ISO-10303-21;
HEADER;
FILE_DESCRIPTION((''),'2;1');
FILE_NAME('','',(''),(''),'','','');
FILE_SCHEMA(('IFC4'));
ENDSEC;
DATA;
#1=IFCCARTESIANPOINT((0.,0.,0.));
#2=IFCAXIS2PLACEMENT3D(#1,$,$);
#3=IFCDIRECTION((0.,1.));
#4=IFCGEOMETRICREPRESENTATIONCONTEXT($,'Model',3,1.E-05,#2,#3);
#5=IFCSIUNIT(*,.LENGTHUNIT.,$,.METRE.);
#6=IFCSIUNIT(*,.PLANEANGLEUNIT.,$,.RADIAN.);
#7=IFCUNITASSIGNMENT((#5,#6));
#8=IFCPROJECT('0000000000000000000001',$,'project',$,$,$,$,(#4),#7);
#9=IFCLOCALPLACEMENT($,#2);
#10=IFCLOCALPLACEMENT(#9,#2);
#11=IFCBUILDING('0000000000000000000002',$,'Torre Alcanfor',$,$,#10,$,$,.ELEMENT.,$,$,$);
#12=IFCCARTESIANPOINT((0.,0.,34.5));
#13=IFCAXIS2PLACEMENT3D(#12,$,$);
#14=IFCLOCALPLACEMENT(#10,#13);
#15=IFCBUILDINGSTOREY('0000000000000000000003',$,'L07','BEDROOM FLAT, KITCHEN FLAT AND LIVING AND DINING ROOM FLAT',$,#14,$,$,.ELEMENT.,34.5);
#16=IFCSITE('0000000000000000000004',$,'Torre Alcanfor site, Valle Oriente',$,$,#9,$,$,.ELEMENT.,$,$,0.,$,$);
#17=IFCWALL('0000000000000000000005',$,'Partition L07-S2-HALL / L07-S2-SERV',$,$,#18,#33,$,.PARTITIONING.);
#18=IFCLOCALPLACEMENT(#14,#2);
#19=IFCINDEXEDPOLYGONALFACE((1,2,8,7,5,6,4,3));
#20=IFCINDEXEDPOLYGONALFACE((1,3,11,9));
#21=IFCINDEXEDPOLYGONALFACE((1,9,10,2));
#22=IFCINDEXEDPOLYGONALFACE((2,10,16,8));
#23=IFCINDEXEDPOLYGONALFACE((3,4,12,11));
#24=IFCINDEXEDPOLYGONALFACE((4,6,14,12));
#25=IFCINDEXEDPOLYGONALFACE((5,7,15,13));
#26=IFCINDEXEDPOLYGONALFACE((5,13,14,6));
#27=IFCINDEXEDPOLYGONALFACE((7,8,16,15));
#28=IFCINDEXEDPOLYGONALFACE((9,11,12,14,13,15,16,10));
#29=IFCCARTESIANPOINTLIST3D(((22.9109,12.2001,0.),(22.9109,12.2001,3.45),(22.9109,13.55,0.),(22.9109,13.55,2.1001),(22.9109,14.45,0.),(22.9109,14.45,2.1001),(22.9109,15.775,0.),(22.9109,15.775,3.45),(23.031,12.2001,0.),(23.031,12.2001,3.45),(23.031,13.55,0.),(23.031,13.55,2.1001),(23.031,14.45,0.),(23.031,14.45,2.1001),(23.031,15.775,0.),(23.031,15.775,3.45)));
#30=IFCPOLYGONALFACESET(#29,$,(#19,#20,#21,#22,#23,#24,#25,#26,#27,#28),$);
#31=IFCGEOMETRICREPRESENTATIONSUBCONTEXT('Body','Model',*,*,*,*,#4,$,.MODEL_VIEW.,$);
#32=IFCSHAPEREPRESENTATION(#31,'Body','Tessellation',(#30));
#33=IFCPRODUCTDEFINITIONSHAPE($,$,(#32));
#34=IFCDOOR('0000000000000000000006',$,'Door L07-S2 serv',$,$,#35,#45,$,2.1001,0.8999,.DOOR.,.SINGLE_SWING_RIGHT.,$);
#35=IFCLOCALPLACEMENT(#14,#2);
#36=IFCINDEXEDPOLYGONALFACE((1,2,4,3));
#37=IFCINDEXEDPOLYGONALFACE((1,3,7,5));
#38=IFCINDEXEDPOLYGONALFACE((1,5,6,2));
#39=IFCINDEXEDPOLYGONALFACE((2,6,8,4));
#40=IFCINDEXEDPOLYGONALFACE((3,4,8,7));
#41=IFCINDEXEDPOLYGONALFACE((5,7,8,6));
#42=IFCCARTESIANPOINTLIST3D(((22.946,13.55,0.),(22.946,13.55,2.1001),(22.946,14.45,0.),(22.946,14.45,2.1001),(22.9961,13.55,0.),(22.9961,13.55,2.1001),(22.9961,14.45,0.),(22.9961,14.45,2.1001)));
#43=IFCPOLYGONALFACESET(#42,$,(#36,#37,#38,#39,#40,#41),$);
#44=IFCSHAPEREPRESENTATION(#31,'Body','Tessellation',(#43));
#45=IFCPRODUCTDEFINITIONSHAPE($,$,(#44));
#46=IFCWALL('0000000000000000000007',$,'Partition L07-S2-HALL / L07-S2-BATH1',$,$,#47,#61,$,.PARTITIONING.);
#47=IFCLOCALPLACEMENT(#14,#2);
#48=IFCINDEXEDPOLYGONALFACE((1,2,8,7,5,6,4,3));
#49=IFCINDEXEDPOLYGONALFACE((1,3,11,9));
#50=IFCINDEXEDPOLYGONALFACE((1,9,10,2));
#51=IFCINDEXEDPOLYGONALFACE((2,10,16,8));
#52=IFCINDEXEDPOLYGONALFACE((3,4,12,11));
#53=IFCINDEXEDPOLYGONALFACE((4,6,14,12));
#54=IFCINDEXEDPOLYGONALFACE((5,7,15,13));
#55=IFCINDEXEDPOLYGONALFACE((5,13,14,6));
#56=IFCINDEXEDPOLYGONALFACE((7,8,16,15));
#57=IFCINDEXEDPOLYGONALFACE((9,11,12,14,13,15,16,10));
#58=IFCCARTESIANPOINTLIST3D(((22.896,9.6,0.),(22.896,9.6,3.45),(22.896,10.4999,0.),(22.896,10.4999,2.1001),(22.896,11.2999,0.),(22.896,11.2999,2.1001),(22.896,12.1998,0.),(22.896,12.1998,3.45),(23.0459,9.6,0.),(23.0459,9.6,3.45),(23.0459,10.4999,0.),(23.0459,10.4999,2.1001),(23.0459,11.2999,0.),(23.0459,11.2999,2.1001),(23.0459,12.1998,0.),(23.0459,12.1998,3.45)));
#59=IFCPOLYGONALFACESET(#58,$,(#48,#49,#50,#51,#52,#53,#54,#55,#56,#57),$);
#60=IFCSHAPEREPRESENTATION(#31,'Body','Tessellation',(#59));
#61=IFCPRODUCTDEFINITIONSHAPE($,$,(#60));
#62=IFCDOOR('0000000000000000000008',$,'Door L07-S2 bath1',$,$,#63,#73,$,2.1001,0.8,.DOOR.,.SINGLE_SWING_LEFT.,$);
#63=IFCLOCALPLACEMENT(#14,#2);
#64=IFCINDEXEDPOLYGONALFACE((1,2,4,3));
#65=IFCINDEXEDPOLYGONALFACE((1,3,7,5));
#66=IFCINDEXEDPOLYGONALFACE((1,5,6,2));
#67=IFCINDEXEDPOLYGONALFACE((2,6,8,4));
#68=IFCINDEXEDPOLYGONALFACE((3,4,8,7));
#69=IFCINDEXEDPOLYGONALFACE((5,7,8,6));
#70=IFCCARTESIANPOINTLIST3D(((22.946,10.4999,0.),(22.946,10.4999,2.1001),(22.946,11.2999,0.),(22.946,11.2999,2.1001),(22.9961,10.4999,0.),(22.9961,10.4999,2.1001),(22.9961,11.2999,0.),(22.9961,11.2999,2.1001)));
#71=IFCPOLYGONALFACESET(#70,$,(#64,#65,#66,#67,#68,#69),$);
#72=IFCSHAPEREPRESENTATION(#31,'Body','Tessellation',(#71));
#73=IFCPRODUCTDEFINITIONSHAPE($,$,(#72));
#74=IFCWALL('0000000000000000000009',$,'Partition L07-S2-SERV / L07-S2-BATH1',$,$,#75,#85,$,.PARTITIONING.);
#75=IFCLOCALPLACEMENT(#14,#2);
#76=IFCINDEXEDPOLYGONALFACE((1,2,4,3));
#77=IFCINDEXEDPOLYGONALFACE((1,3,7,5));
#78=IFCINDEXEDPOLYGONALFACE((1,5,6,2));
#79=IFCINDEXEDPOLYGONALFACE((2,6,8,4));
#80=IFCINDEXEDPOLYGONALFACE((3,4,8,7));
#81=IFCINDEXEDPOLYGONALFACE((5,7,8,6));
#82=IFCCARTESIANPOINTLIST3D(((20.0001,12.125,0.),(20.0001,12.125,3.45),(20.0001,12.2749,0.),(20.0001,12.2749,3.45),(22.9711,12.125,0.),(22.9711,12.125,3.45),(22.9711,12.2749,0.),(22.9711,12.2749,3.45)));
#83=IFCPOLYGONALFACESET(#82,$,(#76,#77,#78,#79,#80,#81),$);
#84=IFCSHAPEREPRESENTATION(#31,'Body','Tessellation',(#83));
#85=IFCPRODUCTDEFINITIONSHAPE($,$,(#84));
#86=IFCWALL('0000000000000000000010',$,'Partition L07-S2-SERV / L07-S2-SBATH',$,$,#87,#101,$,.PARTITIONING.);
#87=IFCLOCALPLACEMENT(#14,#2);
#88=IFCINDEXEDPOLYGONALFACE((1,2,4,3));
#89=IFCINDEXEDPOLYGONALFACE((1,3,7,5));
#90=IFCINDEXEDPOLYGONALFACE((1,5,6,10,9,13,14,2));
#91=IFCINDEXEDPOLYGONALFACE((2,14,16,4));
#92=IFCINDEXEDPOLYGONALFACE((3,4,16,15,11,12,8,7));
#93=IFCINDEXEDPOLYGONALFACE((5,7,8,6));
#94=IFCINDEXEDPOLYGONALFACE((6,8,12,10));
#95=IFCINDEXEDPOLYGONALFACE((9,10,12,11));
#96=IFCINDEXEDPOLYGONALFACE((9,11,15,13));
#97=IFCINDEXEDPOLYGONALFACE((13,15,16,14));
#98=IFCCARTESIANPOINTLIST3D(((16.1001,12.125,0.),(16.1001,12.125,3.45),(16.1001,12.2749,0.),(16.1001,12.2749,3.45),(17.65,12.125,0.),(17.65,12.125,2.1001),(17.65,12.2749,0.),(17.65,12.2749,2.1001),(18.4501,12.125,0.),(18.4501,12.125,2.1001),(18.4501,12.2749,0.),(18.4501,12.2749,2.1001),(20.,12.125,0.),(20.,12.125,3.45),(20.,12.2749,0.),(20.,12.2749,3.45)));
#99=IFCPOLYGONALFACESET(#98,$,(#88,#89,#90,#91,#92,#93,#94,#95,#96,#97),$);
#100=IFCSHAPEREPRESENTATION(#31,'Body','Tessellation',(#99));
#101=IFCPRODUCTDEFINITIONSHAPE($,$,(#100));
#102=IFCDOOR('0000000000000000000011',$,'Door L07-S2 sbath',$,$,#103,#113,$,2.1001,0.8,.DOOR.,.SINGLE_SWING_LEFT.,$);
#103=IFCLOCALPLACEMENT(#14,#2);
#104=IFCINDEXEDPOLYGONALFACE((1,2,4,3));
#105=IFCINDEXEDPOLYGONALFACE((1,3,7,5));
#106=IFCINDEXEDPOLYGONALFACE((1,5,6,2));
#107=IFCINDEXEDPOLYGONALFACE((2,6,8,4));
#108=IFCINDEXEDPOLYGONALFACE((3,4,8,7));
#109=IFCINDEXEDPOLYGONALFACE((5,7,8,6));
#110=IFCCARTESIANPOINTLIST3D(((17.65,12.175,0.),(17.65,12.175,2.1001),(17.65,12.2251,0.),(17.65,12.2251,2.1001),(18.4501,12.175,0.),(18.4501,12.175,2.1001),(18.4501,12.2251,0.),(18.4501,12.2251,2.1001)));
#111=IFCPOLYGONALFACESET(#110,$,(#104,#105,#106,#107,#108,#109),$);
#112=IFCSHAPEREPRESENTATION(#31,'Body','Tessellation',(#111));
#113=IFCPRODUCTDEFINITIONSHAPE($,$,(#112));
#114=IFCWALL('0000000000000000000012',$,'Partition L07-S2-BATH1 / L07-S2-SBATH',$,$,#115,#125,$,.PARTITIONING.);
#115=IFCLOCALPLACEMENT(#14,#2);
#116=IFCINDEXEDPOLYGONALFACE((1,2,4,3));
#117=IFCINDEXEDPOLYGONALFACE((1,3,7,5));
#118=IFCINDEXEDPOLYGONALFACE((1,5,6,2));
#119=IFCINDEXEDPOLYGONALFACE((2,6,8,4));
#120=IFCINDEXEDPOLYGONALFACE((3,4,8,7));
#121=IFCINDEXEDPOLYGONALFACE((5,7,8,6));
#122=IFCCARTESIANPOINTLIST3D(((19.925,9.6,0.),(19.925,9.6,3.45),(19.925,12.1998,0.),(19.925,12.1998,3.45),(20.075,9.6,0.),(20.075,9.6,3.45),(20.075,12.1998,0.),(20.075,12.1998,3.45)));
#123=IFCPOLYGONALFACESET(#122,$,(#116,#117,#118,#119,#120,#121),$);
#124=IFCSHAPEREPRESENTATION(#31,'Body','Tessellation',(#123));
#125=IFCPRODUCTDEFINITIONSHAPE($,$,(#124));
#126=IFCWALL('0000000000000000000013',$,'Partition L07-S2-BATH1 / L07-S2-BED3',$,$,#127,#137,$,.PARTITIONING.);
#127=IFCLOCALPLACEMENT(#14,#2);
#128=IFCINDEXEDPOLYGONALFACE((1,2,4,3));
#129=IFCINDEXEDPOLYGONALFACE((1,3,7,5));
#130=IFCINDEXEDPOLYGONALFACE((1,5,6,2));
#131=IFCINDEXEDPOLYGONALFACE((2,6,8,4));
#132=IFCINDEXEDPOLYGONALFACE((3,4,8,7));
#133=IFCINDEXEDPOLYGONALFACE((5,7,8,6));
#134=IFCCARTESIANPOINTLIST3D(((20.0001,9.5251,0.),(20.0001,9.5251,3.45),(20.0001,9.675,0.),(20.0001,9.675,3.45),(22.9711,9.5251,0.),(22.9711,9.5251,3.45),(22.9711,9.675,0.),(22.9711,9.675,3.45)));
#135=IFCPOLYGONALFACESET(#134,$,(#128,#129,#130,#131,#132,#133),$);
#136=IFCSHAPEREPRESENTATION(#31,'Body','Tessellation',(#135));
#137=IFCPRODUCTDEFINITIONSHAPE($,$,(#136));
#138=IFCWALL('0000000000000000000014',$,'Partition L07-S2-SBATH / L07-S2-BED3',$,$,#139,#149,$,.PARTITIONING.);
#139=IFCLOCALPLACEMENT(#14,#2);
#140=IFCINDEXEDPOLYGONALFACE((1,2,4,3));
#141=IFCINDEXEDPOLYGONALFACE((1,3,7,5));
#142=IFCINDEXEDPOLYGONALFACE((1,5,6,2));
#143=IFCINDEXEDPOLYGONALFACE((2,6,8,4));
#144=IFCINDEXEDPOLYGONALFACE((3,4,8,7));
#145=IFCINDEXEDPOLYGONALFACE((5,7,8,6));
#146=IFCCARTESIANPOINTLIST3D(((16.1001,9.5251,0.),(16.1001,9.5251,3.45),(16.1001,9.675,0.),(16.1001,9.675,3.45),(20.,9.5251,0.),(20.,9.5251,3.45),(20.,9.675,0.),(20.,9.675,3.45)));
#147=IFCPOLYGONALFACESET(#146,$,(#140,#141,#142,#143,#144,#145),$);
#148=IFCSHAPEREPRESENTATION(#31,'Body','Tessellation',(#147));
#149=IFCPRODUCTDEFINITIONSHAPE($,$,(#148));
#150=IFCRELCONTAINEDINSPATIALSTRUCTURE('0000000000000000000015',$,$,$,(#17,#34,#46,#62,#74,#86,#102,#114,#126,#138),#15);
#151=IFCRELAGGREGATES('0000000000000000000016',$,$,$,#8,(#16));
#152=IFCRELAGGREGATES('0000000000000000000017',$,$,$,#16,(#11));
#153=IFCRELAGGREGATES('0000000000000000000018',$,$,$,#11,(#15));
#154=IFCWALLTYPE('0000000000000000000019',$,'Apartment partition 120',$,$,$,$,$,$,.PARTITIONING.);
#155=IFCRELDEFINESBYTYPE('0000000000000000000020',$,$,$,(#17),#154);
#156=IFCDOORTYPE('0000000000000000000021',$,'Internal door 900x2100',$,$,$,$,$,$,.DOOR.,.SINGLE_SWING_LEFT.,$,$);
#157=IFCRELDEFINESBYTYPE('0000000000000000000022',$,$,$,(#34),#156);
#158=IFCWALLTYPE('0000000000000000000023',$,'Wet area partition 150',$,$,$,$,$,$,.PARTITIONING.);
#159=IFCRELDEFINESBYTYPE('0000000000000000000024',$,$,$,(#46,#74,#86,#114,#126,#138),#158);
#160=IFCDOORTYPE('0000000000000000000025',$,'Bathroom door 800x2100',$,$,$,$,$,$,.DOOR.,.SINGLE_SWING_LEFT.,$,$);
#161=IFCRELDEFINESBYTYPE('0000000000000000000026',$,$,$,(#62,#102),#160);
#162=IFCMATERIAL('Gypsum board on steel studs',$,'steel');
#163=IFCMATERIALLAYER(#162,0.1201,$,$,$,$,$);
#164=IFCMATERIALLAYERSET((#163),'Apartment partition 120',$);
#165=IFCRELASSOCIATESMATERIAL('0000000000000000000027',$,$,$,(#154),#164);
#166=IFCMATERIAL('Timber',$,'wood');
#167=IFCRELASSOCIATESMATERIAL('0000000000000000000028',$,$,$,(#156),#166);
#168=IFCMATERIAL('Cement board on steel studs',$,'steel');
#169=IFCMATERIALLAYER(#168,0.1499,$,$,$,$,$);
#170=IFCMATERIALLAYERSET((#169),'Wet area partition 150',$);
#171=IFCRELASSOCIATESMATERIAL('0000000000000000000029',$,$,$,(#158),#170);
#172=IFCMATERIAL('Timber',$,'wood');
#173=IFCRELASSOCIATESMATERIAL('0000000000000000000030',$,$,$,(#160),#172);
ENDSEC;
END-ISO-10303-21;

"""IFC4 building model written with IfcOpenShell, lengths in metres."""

from ifc_helpers import new_model, si_unit, direction, frame, frame_2d, origin, place, context, subcontext, project, spatial, rectangle, extrude, material, layer, layer_set, type_object, element, fill, save


model = new_model("IFC4")

# Units and contexts
model_context = context("Model", 3, precision=1e-05, world=origin(), true_north=direction((0.0, 1.0)))
body_context = subcontext(model_context, "Body", "Model", "MODEL_VIEW")
ifc_project = project(units=[si_unit("LENGTHUNIT", "METRE"), si_unit("PLANEANGLEUNIT", "RADIAN")], contexts=[model_context])

# Site, building, storey
site_placement = place(None, origin())
site = spatial("IfcSite", under=ifc_project, at=site_placement, Name="Torre Alcanfor site, Valle Oriente", CompositionType="ELEMENT", RefElevation=0.0)
building_placement = place(site_placement, origin())
building = spatial("IfcBuilding", under=site, at=building_placement, Name="Torre Alcanfor", CompositionType="ELEMENT")
storey_placement = place(building_placement, frame((0.0, 0.0, 34.5)))
storey = spatial("IfcBuildingStorey", under=building, at=storey_placement, Name="L07", Description="BEDROOM FLAT, KITCHEN FLAT AND LIVING AND DINING ROOM FLAT", CompositionType="ELEMENT", Elevation=34.5)

# Walls, openings, doors
ifc_material_1 = material(Name="Gypsum board on steel studs", Category="steel")
ifc_layer_1 = layer(ifc_material_1, 0.1201)
ifc_layer_set_1 = layer_set([ifc_layer_1], Name="Apartment partition 120")
wall_type_1 = type_object("IfcWallType", Name="Apartment partition 120", PredefinedType="PARTITIONING", material=ifc_layer_set_1)
ifc_material_2 = material(Name="Timber", Category="wood")
door_type_1 = type_object("IfcDoorType", Name="Internal door 900x2100", OperationType="SINGLE_SWING_LEFT", PredefinedType="DOOR", material=ifc_material_2)
wall_1_placement = place(storey_placement, frame((22.9709, 12.2, 0.0), z_axis=(0.0, 0.0, 1.0), x_axis=(0.0, 1.0, 0.0)))
wall_1 = element("IfcWall", 1, at=wall_1_placement, inside=storey, type_object=wall_type_1, Name="Partition L07-S2-HALL / L07-S2-SERV", PredefinedType="PARTITIONING", context=body_context, shape_type="SweptSolid", body=[
    extrude(rectangle(XDim=3.575, YDim=0.1201, at=frame_2d((1.7876, 0.0))), origin(), (0.0, 0.0, 1.0), 3.45),
])
opening_1_placement = place(wall_1_placement, frame((1.3501, 0.0, 0.0)))
opening_1 = element("IfcOpeningElement", 2, at=opening_1_placement, cuts=wall_1, PredefinedType="OPENING", context=body_context, shape_type="SweptSolid", body=[
    extrude(rectangle(XDim=0.8999, YDim=2.1001, at=frame_2d((0.45, 1.05))), frame((0.0, 0.0701, 0.0), z_axis=(0.0, -1.0, 0.0), x_axis=(1.0, 0.0, 0.0)), (0.0, 0.0, 1.0), 0.1401),
])
door_1_placement = place(opening_1_placement, origin())
door_1 = element("IfcDoor", 3, at=door_1_placement, inside=storey, type_object=door_type_1, Name="Door L07-S2 serv", OperationType="SINGLE_SWING_RIGHT", OverallHeight=2.1001, OverallWidth=0.8999, PredefinedType="DOOR", context=body_context, shape_type="SweptSolid", body=[
    extrude(rectangle(XDim=0.8999, YDim=2.1001, at=frame_2d((0.45, 1.05))), frame((0.0, 0.0249, 0.0), z_axis=(0.0, -1.0, 0.0), x_axis=(1.0, 0.0, 0.0)), (0.0, 0.0, 1.0), 0.05),
])
fill(opening_1, door_1)
ifc_material_3 = material(Name="Cement board on steel studs", Category="steel")
ifc_layer_2 = layer(ifc_material_3, 0.1499)
ifc_layer_set_2 = layer_set([ifc_layer_2], Name="Wet area partition 150")
wall_type_2 = type_object("IfcWallType", Name="Wet area partition 150", PredefinedType="PARTITIONING", material=ifc_layer_set_2)
wall_2_placement = place(storey_placement, frame((22.9709, 9.6001, 0.0), z_axis=(0.0, 0.0, 1.0), x_axis=(0.0, 1.0, 0.0)))
wall_2 = element("IfcWall", 4, at=wall_2_placement, inside=storey, type_object=wall_type_2, Name="Partition L07-S2-HALL / L07-S2-BATH1", PredefinedType="PARTITIONING", context=body_context, shape_type="SweptSolid", body=[
    extrude(rectangle(XDim=2.5999, YDim=0.1499, at=frame_2d((1.2998, 0.0))), origin(), (0.0, 0.0, 1.0), 3.45),
])
opening_2_placement = place(wall_2_placement, frame((0.8999, 0.0, 0.0)))
opening_2 = element("IfcOpeningElement", 5, at=opening_2_placement, cuts=wall_2, PredefinedType="OPENING", context=body_context, shape_type="SweptSolid", body=[
    extrude(rectangle(XDim=0.8, YDim=2.1001, at=frame_2d((0.3999, 1.05))), frame((0.0, 0.085, 0.0), z_axis=(0.0, -1.0, 0.0), x_axis=(1.0, 0.0, 0.0)), (0.0, 0.0, 1.0), 0.1699),
])
ifc_material_4 = material(Name="Timber", Category="wood")
door_type_2 = type_object("IfcDoorType", Name="Bathroom door 800x2100", OperationType="SINGLE_SWING_LEFT", PredefinedType="DOOR", material=ifc_material_4)
door_2_placement = place(opening_2_placement, origin())
door_2 = element("IfcDoor", 6, at=door_2_placement, inside=storey, type_object=door_type_2, Name="Door L07-S2 bath1", OperationType="SINGLE_SWING_LEFT", OverallHeight=2.1001, OverallWidth=0.8, PredefinedType="DOOR", context=body_context, shape_type="SweptSolid", body=[
    extrude(rectangle(XDim=0.8, YDim=2.1001, at=frame_2d((0.3999, 1.05))), frame((0.0, 0.0249, 0.0), z_axis=(0.0, -1.0, 0.0), x_axis=(1.0, 0.0, 0.0)), (0.0, 0.0, 1.0), 0.05),
])
fill(opening_2, door_2)

# Wall
wall_3_placement = place(storey_placement, frame((22.9709, 12.2, 0.0), z_axis=(0.0, 0.0, 1.0), x_axis=(-1.0, 0.0, 0.0)))
element("IfcWall", 7, at=wall_3_placement, inside=storey, type_object=wall_type_2, Name="Partition L07-S2-SERV / L07-S2-BATH1", PredefinedType="PARTITIONING", context=body_context, shape_type="SweptSolid", body=[
    extrude(rectangle(XDim=2.9709, YDim=0.1499, at=frame_2d((1.4854, 0.0))), origin(), (0.0, 0.0, 1.0), 3.45),
])

# Wall, opening, door
wall_4_placement = place(storey_placement, frame((20.0, 12.2, 0.0), z_axis=(0.0, 0.0, 1.0), x_axis=(-1.0, 0.0, 0.0)))
wall_4 = element("IfcWall", 8, at=wall_4_placement, inside=storey, type_object=wall_type_2, Name="Partition L07-S2-SERV / L07-S2-SBATH", PredefinedType="PARTITIONING", context=body_context, shape_type="SweptSolid", body=[
    extrude(rectangle(XDim=3.8999, YDim=0.1499, at=frame_2d((1.95, 0.0))), origin(), (0.0, 0.0, 1.0), 3.45),
])
opening_3_placement = place(wall_4_placement, frame((1.55, 0.0, 0.0)))
opening_3 = element("IfcOpeningElement", 9, at=opening_3_placement, cuts=wall_4, PredefinedType="OPENING", context=body_context, shape_type="SweptSolid", body=[
    extrude(rectangle(XDim=0.8, YDim=2.1001, at=frame_2d((0.3999, 1.05))), frame((0.0, 0.085, 0.0), z_axis=(0.0, -1.0, 0.0), x_axis=(1.0, 0.0, 0.0)), (0.0, 0.0, 1.0), 0.1699),
])
door_3_placement = place(opening_3_placement, origin())
door_3 = element("IfcDoor", 10, at=door_3_placement, inside=storey, type_object=door_type_2, Name="Door L07-S2 sbath", OperationType="SINGLE_SWING_LEFT", OverallHeight=2.1001, OverallWidth=0.8, PredefinedType="DOOR", context=body_context, shape_type="SweptSolid", body=[
    extrude(rectangle(XDim=0.8, YDim=2.1001, at=frame_2d((0.3999, 1.05))), frame((0.0, 0.0249, 0.0), z_axis=(0.0, -1.0, 0.0), x_axis=(1.0, 0.0, 0.0)), (0.0, 0.0, 1.0), 0.05),
])
fill(opening_3, door_3)

# Walls
wall_5_placement = place(storey_placement, frame((20.0, 9.6001, 0.0), z_axis=(0.0, 0.0, 1.0), x_axis=(0.0, 1.0, 0.0)))
element("IfcWall", 11, at=wall_5_placement, inside=storey, type_object=wall_type_2, Name="Partition L07-S2-BATH1 / L07-S2-SBATH", PredefinedType="PARTITIONING", context=body_context, shape_type="SweptSolid", body=[
    extrude(rectangle(XDim=2.5999, YDim=0.1499, at=frame_2d((1.2998, 0.0))), origin(), (0.0, 0.0, 1.0), 3.45),
])
wall_6_placement = place(storey_placement, frame((22.9709, 9.6001, 0.0), z_axis=(0.0, 0.0, 1.0), x_axis=(-1.0, 0.0, 0.0)))
element("IfcWall", 12, at=wall_6_placement, inside=storey, type_object=wall_type_2, Name="Partition L07-S2-BATH1 / L07-S2-BED3", PredefinedType="PARTITIONING", context=body_context, shape_type="SweptSolid", body=[
    extrude(rectangle(XDim=2.9709, YDim=0.1499, at=frame_2d((1.4854, 0.0))), origin(), (0.0, 0.0, 1.0), 3.45),
])
wall_7_placement = place(storey_placement, frame((20.0, 9.6001, 0.0), z_axis=(0.0, 0.0, 1.0), x_axis=(-1.0, 0.0, 0.0)))
element("IfcWall", 13, at=wall_7_placement, inside=storey, type_object=wall_type_2, Name="Partition L07-S2-SBATH / L07-S2-BED3", PredefinedType="PARTITIONING", context=body_context, shape_type="SweptSolid", body=[
    extrude(rectangle(XDim=3.8999, YDim=0.1499, at=frame_2d((1.95, 0.0))), origin(), (0.0, 0.0, 1.0), 3.45),
])

save(model, "model.ifc")
